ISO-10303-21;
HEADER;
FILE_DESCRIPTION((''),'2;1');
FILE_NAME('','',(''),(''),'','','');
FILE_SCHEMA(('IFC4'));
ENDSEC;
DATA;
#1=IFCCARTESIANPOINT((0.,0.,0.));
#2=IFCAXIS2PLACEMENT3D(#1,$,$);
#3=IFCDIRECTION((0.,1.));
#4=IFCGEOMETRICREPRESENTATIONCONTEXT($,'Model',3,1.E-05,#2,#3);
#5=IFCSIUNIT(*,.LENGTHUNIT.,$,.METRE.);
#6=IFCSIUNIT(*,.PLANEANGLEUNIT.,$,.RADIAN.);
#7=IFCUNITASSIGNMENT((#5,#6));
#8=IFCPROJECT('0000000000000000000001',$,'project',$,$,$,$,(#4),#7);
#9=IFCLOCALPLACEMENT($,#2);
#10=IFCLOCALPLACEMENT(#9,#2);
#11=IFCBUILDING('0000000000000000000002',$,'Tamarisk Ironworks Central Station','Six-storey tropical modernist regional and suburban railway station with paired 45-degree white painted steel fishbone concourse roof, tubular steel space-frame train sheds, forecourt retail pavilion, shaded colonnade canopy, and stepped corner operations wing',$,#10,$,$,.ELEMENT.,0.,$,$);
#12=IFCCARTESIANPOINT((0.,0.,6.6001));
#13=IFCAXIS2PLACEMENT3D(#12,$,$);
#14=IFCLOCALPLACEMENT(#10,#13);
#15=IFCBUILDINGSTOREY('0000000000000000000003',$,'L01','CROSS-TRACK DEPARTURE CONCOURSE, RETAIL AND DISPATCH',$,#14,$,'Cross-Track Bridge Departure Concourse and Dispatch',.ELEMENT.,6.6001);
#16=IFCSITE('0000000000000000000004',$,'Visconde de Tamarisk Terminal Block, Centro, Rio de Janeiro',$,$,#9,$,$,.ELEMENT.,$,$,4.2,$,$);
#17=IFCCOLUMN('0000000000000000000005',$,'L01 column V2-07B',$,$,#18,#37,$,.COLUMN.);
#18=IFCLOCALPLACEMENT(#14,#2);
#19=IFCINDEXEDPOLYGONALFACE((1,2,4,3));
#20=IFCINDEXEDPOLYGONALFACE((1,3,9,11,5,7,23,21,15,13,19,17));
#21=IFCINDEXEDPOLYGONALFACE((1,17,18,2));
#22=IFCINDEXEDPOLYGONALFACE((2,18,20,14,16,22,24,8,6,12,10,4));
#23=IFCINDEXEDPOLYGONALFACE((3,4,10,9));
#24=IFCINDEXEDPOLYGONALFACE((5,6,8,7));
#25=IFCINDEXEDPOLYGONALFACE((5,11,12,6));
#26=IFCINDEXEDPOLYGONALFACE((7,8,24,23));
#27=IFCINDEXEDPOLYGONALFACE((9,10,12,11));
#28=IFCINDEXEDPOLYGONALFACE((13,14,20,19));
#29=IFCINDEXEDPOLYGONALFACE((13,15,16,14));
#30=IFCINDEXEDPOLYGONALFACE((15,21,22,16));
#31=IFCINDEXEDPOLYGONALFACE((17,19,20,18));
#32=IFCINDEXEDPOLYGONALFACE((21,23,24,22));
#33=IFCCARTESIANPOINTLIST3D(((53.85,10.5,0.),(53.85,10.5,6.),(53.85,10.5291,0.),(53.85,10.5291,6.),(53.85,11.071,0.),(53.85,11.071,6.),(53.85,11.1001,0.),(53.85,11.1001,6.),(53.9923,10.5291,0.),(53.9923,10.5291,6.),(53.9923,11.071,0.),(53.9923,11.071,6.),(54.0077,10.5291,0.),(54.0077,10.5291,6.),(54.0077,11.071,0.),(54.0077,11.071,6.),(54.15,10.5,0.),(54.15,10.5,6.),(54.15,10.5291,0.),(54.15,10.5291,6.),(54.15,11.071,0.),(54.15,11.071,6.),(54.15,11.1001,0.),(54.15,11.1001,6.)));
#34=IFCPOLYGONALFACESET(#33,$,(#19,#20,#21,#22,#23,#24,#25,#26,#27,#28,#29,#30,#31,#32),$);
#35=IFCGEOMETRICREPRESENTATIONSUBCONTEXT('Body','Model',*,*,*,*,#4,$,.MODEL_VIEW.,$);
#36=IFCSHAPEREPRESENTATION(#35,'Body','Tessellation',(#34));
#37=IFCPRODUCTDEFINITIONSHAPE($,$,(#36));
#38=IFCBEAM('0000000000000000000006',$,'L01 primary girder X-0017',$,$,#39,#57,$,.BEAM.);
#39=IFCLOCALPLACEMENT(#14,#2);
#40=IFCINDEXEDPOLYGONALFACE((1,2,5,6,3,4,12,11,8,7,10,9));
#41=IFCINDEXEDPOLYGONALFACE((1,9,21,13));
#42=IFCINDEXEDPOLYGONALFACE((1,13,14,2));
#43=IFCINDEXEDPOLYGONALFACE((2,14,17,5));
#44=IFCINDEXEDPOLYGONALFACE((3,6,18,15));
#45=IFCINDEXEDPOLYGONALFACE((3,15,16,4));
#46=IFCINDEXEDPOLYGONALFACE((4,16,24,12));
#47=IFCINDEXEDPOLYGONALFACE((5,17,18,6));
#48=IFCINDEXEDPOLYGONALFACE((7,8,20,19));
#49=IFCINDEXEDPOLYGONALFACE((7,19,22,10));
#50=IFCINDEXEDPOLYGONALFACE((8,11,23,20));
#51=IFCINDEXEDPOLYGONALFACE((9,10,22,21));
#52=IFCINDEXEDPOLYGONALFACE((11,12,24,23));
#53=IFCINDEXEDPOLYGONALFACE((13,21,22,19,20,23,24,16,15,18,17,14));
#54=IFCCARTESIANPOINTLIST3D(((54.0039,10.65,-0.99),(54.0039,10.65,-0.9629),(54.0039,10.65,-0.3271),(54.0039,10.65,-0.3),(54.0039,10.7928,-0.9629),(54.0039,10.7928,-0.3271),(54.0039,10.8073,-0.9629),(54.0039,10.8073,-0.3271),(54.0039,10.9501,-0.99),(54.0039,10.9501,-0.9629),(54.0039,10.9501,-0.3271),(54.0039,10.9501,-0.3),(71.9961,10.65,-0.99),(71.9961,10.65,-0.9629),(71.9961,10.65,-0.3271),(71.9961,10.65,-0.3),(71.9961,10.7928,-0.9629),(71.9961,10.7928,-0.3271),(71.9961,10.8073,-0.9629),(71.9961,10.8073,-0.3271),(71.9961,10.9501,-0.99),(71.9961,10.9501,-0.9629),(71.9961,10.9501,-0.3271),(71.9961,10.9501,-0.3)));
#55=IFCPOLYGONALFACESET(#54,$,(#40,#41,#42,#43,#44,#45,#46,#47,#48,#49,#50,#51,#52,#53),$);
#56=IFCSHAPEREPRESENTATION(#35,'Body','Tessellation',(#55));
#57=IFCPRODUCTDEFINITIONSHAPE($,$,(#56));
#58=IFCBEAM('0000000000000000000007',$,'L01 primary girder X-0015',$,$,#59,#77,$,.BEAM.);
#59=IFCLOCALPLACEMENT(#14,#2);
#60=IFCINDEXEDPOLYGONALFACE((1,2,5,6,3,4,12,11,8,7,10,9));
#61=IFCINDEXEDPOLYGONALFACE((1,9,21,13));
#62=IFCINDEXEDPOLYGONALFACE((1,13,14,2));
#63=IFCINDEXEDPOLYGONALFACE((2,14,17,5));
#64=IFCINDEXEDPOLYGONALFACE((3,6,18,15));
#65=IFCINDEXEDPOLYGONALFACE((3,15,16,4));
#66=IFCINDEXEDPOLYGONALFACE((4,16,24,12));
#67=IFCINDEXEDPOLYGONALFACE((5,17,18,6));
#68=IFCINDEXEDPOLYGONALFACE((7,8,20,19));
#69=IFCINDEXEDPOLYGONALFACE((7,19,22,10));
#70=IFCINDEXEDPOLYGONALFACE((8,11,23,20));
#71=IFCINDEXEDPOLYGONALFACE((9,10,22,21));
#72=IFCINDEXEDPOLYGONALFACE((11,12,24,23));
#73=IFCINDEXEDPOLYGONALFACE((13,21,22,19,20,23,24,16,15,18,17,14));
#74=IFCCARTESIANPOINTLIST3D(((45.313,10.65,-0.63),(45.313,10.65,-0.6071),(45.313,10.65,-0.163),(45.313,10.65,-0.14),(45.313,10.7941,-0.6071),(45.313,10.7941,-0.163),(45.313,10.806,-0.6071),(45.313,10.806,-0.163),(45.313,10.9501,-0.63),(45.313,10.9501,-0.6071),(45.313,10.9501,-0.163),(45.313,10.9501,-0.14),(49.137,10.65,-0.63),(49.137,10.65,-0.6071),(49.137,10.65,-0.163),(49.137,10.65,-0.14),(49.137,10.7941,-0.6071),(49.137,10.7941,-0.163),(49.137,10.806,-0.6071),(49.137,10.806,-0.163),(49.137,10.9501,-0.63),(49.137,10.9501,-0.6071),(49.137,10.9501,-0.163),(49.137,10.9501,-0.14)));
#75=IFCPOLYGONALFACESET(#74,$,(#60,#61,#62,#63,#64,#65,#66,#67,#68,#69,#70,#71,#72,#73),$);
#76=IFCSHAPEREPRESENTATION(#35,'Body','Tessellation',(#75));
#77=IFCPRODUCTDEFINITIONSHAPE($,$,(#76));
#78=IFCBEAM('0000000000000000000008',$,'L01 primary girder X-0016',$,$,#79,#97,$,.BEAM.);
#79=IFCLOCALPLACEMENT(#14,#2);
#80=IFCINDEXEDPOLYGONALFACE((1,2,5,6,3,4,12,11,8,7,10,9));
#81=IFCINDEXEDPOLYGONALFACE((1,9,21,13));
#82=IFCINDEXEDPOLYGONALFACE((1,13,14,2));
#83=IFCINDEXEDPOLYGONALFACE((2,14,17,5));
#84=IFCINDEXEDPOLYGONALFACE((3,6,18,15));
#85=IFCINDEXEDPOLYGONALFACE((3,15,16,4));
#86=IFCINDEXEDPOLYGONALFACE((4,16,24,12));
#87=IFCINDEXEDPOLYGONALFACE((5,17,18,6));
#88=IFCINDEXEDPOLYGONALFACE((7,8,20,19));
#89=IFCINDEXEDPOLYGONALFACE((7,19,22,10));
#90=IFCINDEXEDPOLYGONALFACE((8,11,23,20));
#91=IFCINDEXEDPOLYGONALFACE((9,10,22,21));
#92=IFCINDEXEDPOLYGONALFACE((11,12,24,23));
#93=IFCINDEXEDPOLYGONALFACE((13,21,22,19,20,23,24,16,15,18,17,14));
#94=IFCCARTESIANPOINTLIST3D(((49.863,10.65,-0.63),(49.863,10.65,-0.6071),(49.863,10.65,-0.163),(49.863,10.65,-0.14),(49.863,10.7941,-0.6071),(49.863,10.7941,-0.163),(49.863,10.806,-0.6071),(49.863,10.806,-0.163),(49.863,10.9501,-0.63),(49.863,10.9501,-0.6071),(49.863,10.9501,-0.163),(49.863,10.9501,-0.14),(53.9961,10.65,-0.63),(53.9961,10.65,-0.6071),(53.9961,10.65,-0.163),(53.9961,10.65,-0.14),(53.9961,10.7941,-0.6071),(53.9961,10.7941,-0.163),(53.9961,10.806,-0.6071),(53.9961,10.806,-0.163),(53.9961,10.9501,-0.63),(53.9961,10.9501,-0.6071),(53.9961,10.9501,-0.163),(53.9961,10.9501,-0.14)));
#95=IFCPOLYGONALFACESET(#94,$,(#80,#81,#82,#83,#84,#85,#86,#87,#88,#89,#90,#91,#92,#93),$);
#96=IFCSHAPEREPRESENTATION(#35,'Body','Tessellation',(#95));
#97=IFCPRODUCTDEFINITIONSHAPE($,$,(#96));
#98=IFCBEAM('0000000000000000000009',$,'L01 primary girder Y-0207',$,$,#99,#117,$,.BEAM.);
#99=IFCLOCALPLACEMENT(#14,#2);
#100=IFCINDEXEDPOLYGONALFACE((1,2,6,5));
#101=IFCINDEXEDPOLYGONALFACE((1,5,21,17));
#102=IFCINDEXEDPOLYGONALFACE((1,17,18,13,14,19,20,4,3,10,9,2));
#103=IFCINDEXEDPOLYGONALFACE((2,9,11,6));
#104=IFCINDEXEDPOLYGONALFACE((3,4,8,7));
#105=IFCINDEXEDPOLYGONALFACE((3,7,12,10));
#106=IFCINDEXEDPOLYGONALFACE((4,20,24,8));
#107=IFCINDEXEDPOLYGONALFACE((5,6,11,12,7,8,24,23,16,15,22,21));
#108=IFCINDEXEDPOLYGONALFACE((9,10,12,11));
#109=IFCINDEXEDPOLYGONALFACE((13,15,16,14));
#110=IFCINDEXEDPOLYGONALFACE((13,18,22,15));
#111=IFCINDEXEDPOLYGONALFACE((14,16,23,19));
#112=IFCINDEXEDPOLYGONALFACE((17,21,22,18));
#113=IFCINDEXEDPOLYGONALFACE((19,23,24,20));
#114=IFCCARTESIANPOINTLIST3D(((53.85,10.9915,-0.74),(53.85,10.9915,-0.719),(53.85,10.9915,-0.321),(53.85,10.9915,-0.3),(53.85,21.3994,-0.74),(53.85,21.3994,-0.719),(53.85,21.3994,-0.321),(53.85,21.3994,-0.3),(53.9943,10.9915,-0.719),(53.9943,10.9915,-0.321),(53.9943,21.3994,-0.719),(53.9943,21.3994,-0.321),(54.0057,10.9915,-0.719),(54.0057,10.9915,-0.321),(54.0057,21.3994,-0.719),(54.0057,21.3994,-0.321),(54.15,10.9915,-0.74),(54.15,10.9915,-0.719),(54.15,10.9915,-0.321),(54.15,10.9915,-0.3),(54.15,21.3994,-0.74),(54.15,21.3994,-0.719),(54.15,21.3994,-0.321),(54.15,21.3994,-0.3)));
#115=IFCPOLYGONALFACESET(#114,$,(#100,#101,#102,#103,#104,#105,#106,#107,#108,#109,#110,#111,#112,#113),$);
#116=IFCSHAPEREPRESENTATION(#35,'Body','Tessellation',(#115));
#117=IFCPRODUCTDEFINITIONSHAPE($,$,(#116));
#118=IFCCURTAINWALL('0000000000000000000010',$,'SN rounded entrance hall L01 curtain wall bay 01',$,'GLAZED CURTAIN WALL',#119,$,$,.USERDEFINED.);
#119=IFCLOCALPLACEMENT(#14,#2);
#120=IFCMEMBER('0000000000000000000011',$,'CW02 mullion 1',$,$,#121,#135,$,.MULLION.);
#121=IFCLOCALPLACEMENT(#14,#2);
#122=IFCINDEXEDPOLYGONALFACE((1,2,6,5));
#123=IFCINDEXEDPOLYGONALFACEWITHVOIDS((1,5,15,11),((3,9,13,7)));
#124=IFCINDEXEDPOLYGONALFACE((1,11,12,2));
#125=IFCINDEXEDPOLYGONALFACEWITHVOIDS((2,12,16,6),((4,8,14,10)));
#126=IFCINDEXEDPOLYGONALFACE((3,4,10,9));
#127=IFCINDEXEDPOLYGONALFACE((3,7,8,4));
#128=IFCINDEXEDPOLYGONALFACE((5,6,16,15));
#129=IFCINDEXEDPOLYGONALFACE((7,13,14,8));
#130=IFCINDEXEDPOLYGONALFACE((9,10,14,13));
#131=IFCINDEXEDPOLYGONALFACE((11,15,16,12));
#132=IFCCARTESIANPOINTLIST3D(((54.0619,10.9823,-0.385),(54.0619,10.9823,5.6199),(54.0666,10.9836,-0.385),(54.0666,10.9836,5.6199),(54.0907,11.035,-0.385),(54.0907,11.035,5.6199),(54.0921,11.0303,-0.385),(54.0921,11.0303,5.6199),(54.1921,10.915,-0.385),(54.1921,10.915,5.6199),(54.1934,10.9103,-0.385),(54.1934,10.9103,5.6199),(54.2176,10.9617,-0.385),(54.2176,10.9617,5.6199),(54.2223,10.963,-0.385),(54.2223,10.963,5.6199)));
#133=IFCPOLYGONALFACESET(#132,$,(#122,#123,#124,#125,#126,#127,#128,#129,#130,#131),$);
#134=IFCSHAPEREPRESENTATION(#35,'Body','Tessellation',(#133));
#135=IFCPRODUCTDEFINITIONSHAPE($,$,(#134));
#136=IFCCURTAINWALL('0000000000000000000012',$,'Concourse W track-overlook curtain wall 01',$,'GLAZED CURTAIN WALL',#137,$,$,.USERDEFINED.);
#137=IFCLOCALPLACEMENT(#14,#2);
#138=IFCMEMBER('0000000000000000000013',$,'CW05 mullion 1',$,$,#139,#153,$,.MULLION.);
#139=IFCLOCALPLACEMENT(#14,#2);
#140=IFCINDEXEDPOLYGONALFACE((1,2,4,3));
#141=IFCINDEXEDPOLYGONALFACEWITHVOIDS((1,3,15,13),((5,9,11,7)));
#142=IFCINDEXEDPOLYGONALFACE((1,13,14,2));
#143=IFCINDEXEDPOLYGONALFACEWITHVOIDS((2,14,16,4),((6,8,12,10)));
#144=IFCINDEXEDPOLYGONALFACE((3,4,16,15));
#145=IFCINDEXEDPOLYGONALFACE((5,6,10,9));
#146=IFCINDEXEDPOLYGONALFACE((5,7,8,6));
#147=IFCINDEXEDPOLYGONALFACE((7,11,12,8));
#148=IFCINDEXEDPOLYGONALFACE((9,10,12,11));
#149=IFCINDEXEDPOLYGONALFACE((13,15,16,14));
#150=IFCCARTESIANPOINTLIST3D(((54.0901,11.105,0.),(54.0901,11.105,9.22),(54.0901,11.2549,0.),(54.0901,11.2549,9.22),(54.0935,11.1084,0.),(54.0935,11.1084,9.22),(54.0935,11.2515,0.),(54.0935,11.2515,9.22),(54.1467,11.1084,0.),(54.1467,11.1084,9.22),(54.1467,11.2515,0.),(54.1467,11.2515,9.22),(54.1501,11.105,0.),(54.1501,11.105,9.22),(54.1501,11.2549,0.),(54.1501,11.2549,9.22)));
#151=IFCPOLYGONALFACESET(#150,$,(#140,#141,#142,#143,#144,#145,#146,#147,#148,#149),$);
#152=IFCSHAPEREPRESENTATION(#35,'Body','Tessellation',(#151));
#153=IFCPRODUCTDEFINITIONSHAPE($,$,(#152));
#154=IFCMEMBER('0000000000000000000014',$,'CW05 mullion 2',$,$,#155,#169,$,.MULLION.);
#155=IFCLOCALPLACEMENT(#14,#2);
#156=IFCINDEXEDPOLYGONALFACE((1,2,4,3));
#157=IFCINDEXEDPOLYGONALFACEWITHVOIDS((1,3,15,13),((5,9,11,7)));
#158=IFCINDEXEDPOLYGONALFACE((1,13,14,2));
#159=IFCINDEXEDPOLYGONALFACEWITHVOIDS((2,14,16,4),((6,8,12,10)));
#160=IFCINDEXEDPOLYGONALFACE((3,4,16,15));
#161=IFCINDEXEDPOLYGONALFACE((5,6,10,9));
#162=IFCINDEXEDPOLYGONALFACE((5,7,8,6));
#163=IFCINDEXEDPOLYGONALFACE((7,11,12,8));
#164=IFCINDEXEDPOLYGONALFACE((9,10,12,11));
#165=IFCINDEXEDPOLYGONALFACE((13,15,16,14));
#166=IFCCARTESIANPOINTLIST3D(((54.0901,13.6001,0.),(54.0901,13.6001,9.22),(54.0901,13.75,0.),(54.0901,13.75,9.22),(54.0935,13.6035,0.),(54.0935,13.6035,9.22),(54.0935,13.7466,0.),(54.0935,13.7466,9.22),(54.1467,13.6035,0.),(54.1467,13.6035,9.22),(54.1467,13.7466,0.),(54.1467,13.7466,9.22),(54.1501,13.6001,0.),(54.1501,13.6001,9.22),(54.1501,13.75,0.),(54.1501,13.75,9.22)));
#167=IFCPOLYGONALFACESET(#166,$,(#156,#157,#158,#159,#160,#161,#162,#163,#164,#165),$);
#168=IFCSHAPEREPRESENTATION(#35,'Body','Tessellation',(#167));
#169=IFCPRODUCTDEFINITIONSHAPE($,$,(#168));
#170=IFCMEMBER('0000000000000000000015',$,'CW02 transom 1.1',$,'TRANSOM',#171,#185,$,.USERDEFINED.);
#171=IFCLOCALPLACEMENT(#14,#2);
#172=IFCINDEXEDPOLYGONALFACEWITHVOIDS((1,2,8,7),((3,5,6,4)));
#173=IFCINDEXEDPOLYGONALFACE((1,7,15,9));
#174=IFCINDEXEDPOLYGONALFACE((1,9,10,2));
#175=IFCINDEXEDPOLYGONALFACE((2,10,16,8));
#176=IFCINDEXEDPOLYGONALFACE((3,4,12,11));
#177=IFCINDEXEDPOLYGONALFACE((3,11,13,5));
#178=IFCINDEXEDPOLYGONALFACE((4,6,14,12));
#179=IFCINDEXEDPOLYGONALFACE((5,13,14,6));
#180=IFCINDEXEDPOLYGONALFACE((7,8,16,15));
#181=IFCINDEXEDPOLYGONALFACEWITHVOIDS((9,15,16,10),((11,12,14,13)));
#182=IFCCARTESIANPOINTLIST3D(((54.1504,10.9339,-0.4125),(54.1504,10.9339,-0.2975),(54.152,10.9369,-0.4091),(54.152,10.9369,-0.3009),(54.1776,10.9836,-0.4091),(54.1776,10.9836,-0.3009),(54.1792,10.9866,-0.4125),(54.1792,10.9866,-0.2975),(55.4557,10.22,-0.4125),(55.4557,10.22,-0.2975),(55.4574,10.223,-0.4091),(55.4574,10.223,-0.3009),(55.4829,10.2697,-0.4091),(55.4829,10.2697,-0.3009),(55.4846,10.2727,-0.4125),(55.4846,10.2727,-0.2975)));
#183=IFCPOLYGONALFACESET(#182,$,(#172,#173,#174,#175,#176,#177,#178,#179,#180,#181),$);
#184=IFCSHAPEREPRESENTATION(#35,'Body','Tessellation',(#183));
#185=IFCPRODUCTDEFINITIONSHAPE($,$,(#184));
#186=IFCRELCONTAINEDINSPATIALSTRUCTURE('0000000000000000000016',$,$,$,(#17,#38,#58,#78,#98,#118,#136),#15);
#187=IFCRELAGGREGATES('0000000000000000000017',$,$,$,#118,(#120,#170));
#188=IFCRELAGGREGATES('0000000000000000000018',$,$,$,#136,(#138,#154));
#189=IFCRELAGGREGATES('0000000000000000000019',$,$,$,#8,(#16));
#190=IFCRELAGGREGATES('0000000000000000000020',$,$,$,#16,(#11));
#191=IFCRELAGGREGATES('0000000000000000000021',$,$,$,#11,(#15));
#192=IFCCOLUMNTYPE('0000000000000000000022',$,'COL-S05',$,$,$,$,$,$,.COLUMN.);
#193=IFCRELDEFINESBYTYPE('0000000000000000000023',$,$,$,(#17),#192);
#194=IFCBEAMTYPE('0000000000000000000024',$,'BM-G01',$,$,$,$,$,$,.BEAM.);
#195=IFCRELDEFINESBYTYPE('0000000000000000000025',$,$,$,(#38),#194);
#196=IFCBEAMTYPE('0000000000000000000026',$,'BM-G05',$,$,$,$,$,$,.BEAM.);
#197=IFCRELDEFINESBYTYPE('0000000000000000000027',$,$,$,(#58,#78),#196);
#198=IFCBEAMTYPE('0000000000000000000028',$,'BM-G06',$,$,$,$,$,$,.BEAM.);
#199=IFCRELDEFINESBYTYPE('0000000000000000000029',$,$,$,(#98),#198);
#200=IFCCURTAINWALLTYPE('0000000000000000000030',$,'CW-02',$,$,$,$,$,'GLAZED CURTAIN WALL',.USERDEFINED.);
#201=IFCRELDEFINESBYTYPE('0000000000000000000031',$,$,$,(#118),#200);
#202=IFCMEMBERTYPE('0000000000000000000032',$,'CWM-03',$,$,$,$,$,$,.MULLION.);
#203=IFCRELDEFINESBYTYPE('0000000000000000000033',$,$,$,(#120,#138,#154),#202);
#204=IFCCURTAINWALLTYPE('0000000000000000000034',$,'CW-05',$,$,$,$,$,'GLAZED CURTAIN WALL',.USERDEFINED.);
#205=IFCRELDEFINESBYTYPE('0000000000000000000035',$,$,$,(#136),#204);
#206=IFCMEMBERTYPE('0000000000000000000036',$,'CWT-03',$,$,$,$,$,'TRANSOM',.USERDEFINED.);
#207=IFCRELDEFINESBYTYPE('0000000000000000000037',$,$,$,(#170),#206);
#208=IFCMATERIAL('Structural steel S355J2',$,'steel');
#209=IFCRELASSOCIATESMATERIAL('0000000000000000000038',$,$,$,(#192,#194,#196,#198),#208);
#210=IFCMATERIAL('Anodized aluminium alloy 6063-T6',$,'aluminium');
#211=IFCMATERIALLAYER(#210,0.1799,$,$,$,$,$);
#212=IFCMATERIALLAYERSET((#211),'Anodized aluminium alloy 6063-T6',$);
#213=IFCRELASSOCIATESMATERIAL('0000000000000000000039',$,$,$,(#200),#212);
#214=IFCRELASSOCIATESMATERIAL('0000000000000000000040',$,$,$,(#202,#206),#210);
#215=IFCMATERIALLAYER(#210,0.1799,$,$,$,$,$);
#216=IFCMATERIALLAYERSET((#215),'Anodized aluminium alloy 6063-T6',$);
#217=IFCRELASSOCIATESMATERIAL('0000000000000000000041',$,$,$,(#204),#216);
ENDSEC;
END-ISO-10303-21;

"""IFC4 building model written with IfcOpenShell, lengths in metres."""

from ifc_helpers import new_model, si_unit, direction, frame, origin, origin_2d, place, context, subcontext, project, spatial, hollow_rectangle, i_section, extrude, material, layer, layer_set, material_profile, profile_set, type_object, element, aggregate, save


model = new_model("IFC4")

# Units and contexts
model_context = context("Model", 3, precision=1e-05, world=origin(), true_north=direction((0.0, 1.0)))
body_context = subcontext(model_context, "Body", "Model", "MODEL_VIEW")
ifc_project = project(units=[si_unit("LENGTHUNIT", "METRE"), si_unit("PLANEANGLEUNIT", "RADIAN")], contexts=[model_context])

# Site, building, storey
site_placement = place(None, origin())
site = spatial("IfcSite", under=ifc_project, at=site_placement, Name="Visconde de Tamarisk Terminal Block, Centro, Rio de Janeiro", CompositionType="ELEMENT", RefElevation=4.2)
building_placement = place(site_placement, origin())
building = spatial("IfcBuilding", under=site, at=building_placement, Name="Tamarisk Ironworks Central Station", Description="Six-storey tropical modernist regional and suburban railway station with paired 45-degree white painted steel fishbone concourse roof, tubular steel space-frame train sheds, forecourt retail pavilion, shaded colonnade canopy, and stepped corner operations wing", CompositionType="ELEMENT", ElevationOfRefHeight=0.0)
storey_placement = place(building_placement, frame((0.0, 0.0, 6.6001)))
storey = spatial("IfcBuildingStorey", under=building, at=storey_placement, Name="L01", Description="CROSS-TRACK DEPARTURE CONCOURSE, RETAIL AND DISPATCH", LongName="Cross-Track Bridge Departure Concourse and Dispatch", CompositionType="ELEMENT", Elevation=6.6001)

# Column
ifc_material_1 = material(Name="Structural steel S355J2", Category="steel")
ifc_material_profile_1 = material_profile(ifc_material_1, i_section(OverallWidth=0.3, OverallDepth=0.6001, WebThickness=0.0154, FlangeThickness=0.0291, at=origin_2d()), Name="HEB 600")
ifc_profile_set_1 = profile_set([ifc_material_profile_1], Name="Structural steel S355J2")
column_type = type_object("IfcColumnType", Name="COL-S05", PredefinedType="COLUMN", material=ifc_profile_set_1)
column_placement = place(storey_placement, frame((54.0, 10.8, 0.0), z_axis=(0.0, 0.0, 1.0), x_axis=(1.0, 0.0, 0.0)))
element("IfcColumn", 1, at=column_placement, inside=storey, type_object=column_type, Name="L01 column V2-07B", PredefinedType="COLUMN", context=body_context, shape_type="SweptSolid", body=[
    extrude(i_section(OverallWidth=0.3, OverallDepth=0.6001, WebThickness=0.0154, FlangeThickness=0.0291, at=origin_2d()), origin(), (0.0, 0.0, 1.0), 6.0),
])

# Beams
ifc_material_profile_2 = material_profile(ifc_material_1, i_section(OverallWidth=0.3, OverallDepth=0.6899, WebThickness=0.0144, FlangeThickness=0.0271, at=origin_2d()), Name="HEA 700")
ifc_profile_set_2 = profile_set([ifc_material_profile_2], Name="Structural steel S355J2")
beam_type_1 = type_object("IfcBeamType", Name="BM-G01", PredefinedType="BEAM", material=ifc_profile_set_2)
beam_1_placement = place(storey_placement, frame((54.0039, 10.8, -0.645), z_axis=(1.0, 0.0, 0.0), x_axis=(0.0, 1.0, 0.0)))
element("IfcBeam", 2, at=beam_1_placement, inside=storey, type_object=beam_type_1, Name="L01 primary girder X-0017", PredefinedType="BEAM", context=body_context, shape_type="SweptSolid", body=[
    extrude(i_section(OverallWidth=0.3, OverallDepth=0.6899, WebThickness=0.0144, FlangeThickness=0.0271, at=origin_2d()), origin(), (0.0, 0.0, 1.0), 17.9922),
])
ifc_material_profile_3 = material_profile(ifc_material_1, i_section(OverallWidth=0.3, OverallDepth=0.49, WebThickness=0.012, FlangeThickness=0.0229, at=origin_2d()), Name="HEA 500")
ifc_profile_set_3 = profile_set([ifc_material_profile_3], Name="Structural steel S355J2")
beam_type_2 = type_object("IfcBeamType", Name="BM-G05", PredefinedType="BEAM", material=ifc_profile_set_3)
beam_2_placement = place(storey_placement, frame((45.313, 10.8, -0.385), z_axis=(1.0, 0.0, 0.0), x_axis=(0.0, 1.0, 0.0)))
element("IfcBeam", 3, at=beam_2_placement, inside=storey, type_object=beam_type_2, Name="L01 primary girder X-0015", PredefinedType="BEAM", context=body_context, shape_type="SweptSolid", body=[
    extrude(i_section(OverallWidth=0.3, OverallDepth=0.49, WebThickness=0.012, FlangeThickness=0.0229, at=origin_2d()), origin(), (0.0, 0.0, 1.0), 3.824),
])
beam_3_placement = place(storey_placement, frame((49.863, 10.8, -0.385), z_axis=(1.0, 0.0, 0.0), x_axis=(0.0, 1.0, 0.0)))
element("IfcBeam", 4, at=beam_3_placement, inside=storey, type_object=beam_type_2, Name="L01 primary girder X-0016", PredefinedType="BEAM", context=body_context, shape_type="SweptSolid", body=[
    extrude(i_section(OverallWidth=0.3, OverallDepth=0.49, WebThickness=0.012, FlangeThickness=0.0229, at=origin_2d()), origin(), (0.0, 0.0, 1.0), 4.1331),
])
ifc_material_profile_4 = material_profile(ifc_material_1, i_section(OverallWidth=0.3, OverallDepth=0.4399, WebThickness=0.0115, FlangeThickness=0.021, at=origin_2d()), Name="HEA 450")
ifc_profile_set_4 = profile_set([ifc_material_profile_4], Name="Structural steel S355J2")
beam_type_3 = type_object("IfcBeamType", Name="BM-G06", PredefinedType="BEAM", material=ifc_profile_set_4)
beam_4_placement = place(storey_placement, frame((54.0, 10.9915, -0.52), z_axis=(0.0, 1.0, 0.0), x_axis=(-1.0, 0.0, 0.0)))
element("IfcBeam", 5, at=beam_4_placement, inside=storey, type_object=beam_type_3, Name="L01 primary girder Y-0207", PredefinedType="BEAM", context=body_context, shape_type="SweptSolid", body=[
    extrude(i_section(OverallWidth=0.3, OverallDepth=0.4399, WebThickness=0.0115, FlangeThickness=0.021, at=origin_2d()), origin(), (0.0, 0.0, 1.0), 10.408),
])

# Curtain wall, member
ifc_material_2 = material(Name="Anodized aluminium alloy 6063-T6", Category="aluminium")
ifc_layer_1 = layer(ifc_material_2, 0.1799)
ifc_layer_set_1 = layer_set([ifc_layer_1], Name="Anodized aluminium alloy 6063-T6")
curtain_wall_type_1 = type_object("IfcCurtainWallType", Name="CW-02", ElementType="GLAZED CURTAIN WALL", PredefinedType="USERDEFINED", material=ifc_layer_set_1)
curtain_wall_1_placement = place(storey_placement, origin())
curtain_wall_1 = element("IfcCurtainWall", 6, at=curtain_wall_1_placement, inside=storey, type_object=curtain_wall_type_1, Name="SN rounded entrance hall L01 curtain wall bay 01", ObjectType="GLAZED CURTAIN WALL", PredefinedType="USERDEFINED")
ifc_material_profile_5 = material_profile(ifc_material_2, hollow_rectangle(XDim=0.0601, YDim=0.1499, WallThickness=0.0034, at=origin_2d()), Name="ALUM 150x60")
ifc_profile_set_5 = profile_set([ifc_material_profile_5], Name="Anodized aluminium alloy 6063-T6")
member_type_1 = type_object("IfcMemberType", Name="CWM-03", PredefinedType="MULLION", material=ifc_profile_set_5)
member_1_placement = place(storey_placement, frame((54.1421, 10.9727, -0.385), z_axis=(0.0, 0.0, 1.0), x_axis=(0.479805, 0.877375, 0.0)))
member_1 = element("IfcMember", 7, at=member_1_placement, type_object=member_type_1, Name="CW02 mullion 1", PredefinedType="MULLION", context=body_context, shape_type="SweptSolid", body=[
    extrude(hollow_rectangle(XDim=0.0601, YDim=0.1499, WallThickness=0.0034, at=origin_2d()), origin(), (0.0, 0.0, 1.0), 6.0049),
])

# Curtain wall, members
ifc_layer_2 = layer(ifc_material_2, 0.1799)
ifc_layer_set_2 = layer_set([ifc_layer_2], Name="Anodized aluminium alloy 6063-T6")
curtain_wall_type_2 = type_object("IfcCurtainWallType", Name="CW-05", ElementType="GLAZED CURTAIN WALL", PredefinedType="USERDEFINED", material=ifc_layer_set_2)
curtain_wall_2_placement = place(storey_placement, origin())
curtain_wall_2 = element("IfcCurtainWall", 8, at=curtain_wall_2_placement, inside=storey, type_object=curtain_wall_type_2, Name="Concourse W track-overlook curtain wall 01", ObjectType="GLAZED CURTAIN WALL", PredefinedType="USERDEFINED")
member_2_placement = place(storey_placement, frame((54.1201, 11.1799, 0.0), z_axis=(0.0, 0.0, 1.0), x_axis=(-1.0, 0.0, 0.0)))
member_2 = element("IfcMember", 9, at=member_2_placement, type_object=member_type_1, Name="CW05 mullion 1", PredefinedType="MULLION", context=body_context, shape_type="SweptSolid", body=[
    extrude(hollow_rectangle(XDim=0.0601, YDim=0.1499, WallThickness=0.0034, at=origin_2d()), origin(), (0.0, 0.0, 1.0), 9.22),
])
member_3_placement = place(storey_placement, frame((54.1201, 13.675, 0.0), z_axis=(0.0, 0.0, 1.0), x_axis=(-1.0, 0.0, 0.0)))
member_3 = element("IfcMember", 10, at=member_3_placement, type_object=member_type_1, Name="CW05 mullion 2", PredefinedType="MULLION", context=body_context, shape_type="SweptSolid", body=[
    extrude(hollow_rectangle(XDim=0.0601, YDim=0.1499, WallThickness=0.0034, at=origin_2d()), origin(), (0.0, 0.0, 1.0), 9.22),
])

# Member
ifc_material_profile_6 = material_profile(ifc_material_2, hollow_rectangle(XDim=0.0601, YDim=0.115, WallThickness=0.0034, at=origin_2d()), Name="ALUM 115x60")
ifc_profile_set_6 = profile_set([ifc_material_profile_6], Name="Anodized aluminium alloy 6063-T6")
member_type_2 = type_object("IfcMemberType", Name="CWT-03", ElementType="TRANSOM", PredefinedType="USERDEFINED", material=ifc_profile_set_6)
member_4_placement = place(storey_placement, frame((54.1648, 10.9602, -0.355), z_axis=(0.877381, -0.479795, 0.0), x_axis=(0.479795, 0.877381, 0.0)))
member_4 = element("IfcMember", 11, at=member_4_placement, type_object=member_type_2, Name="CW02 transom 1.1", ObjectType="TRANSOM", PredefinedType="USERDEFINED", context=body_context, shape_type="SweptSolid", body=[
    extrude(hollow_rectangle(XDim=0.0601, YDim=0.115, WallThickness=0.0034, at=origin_2d()), origin(), (0.0, 0.0, 1.0), 1.4878),
])
aggregate(curtain_wall_1, [member_1, member_4])

aggregate(curtain_wall_2, [member_2, member_3])

save(model, "model.ifc")
